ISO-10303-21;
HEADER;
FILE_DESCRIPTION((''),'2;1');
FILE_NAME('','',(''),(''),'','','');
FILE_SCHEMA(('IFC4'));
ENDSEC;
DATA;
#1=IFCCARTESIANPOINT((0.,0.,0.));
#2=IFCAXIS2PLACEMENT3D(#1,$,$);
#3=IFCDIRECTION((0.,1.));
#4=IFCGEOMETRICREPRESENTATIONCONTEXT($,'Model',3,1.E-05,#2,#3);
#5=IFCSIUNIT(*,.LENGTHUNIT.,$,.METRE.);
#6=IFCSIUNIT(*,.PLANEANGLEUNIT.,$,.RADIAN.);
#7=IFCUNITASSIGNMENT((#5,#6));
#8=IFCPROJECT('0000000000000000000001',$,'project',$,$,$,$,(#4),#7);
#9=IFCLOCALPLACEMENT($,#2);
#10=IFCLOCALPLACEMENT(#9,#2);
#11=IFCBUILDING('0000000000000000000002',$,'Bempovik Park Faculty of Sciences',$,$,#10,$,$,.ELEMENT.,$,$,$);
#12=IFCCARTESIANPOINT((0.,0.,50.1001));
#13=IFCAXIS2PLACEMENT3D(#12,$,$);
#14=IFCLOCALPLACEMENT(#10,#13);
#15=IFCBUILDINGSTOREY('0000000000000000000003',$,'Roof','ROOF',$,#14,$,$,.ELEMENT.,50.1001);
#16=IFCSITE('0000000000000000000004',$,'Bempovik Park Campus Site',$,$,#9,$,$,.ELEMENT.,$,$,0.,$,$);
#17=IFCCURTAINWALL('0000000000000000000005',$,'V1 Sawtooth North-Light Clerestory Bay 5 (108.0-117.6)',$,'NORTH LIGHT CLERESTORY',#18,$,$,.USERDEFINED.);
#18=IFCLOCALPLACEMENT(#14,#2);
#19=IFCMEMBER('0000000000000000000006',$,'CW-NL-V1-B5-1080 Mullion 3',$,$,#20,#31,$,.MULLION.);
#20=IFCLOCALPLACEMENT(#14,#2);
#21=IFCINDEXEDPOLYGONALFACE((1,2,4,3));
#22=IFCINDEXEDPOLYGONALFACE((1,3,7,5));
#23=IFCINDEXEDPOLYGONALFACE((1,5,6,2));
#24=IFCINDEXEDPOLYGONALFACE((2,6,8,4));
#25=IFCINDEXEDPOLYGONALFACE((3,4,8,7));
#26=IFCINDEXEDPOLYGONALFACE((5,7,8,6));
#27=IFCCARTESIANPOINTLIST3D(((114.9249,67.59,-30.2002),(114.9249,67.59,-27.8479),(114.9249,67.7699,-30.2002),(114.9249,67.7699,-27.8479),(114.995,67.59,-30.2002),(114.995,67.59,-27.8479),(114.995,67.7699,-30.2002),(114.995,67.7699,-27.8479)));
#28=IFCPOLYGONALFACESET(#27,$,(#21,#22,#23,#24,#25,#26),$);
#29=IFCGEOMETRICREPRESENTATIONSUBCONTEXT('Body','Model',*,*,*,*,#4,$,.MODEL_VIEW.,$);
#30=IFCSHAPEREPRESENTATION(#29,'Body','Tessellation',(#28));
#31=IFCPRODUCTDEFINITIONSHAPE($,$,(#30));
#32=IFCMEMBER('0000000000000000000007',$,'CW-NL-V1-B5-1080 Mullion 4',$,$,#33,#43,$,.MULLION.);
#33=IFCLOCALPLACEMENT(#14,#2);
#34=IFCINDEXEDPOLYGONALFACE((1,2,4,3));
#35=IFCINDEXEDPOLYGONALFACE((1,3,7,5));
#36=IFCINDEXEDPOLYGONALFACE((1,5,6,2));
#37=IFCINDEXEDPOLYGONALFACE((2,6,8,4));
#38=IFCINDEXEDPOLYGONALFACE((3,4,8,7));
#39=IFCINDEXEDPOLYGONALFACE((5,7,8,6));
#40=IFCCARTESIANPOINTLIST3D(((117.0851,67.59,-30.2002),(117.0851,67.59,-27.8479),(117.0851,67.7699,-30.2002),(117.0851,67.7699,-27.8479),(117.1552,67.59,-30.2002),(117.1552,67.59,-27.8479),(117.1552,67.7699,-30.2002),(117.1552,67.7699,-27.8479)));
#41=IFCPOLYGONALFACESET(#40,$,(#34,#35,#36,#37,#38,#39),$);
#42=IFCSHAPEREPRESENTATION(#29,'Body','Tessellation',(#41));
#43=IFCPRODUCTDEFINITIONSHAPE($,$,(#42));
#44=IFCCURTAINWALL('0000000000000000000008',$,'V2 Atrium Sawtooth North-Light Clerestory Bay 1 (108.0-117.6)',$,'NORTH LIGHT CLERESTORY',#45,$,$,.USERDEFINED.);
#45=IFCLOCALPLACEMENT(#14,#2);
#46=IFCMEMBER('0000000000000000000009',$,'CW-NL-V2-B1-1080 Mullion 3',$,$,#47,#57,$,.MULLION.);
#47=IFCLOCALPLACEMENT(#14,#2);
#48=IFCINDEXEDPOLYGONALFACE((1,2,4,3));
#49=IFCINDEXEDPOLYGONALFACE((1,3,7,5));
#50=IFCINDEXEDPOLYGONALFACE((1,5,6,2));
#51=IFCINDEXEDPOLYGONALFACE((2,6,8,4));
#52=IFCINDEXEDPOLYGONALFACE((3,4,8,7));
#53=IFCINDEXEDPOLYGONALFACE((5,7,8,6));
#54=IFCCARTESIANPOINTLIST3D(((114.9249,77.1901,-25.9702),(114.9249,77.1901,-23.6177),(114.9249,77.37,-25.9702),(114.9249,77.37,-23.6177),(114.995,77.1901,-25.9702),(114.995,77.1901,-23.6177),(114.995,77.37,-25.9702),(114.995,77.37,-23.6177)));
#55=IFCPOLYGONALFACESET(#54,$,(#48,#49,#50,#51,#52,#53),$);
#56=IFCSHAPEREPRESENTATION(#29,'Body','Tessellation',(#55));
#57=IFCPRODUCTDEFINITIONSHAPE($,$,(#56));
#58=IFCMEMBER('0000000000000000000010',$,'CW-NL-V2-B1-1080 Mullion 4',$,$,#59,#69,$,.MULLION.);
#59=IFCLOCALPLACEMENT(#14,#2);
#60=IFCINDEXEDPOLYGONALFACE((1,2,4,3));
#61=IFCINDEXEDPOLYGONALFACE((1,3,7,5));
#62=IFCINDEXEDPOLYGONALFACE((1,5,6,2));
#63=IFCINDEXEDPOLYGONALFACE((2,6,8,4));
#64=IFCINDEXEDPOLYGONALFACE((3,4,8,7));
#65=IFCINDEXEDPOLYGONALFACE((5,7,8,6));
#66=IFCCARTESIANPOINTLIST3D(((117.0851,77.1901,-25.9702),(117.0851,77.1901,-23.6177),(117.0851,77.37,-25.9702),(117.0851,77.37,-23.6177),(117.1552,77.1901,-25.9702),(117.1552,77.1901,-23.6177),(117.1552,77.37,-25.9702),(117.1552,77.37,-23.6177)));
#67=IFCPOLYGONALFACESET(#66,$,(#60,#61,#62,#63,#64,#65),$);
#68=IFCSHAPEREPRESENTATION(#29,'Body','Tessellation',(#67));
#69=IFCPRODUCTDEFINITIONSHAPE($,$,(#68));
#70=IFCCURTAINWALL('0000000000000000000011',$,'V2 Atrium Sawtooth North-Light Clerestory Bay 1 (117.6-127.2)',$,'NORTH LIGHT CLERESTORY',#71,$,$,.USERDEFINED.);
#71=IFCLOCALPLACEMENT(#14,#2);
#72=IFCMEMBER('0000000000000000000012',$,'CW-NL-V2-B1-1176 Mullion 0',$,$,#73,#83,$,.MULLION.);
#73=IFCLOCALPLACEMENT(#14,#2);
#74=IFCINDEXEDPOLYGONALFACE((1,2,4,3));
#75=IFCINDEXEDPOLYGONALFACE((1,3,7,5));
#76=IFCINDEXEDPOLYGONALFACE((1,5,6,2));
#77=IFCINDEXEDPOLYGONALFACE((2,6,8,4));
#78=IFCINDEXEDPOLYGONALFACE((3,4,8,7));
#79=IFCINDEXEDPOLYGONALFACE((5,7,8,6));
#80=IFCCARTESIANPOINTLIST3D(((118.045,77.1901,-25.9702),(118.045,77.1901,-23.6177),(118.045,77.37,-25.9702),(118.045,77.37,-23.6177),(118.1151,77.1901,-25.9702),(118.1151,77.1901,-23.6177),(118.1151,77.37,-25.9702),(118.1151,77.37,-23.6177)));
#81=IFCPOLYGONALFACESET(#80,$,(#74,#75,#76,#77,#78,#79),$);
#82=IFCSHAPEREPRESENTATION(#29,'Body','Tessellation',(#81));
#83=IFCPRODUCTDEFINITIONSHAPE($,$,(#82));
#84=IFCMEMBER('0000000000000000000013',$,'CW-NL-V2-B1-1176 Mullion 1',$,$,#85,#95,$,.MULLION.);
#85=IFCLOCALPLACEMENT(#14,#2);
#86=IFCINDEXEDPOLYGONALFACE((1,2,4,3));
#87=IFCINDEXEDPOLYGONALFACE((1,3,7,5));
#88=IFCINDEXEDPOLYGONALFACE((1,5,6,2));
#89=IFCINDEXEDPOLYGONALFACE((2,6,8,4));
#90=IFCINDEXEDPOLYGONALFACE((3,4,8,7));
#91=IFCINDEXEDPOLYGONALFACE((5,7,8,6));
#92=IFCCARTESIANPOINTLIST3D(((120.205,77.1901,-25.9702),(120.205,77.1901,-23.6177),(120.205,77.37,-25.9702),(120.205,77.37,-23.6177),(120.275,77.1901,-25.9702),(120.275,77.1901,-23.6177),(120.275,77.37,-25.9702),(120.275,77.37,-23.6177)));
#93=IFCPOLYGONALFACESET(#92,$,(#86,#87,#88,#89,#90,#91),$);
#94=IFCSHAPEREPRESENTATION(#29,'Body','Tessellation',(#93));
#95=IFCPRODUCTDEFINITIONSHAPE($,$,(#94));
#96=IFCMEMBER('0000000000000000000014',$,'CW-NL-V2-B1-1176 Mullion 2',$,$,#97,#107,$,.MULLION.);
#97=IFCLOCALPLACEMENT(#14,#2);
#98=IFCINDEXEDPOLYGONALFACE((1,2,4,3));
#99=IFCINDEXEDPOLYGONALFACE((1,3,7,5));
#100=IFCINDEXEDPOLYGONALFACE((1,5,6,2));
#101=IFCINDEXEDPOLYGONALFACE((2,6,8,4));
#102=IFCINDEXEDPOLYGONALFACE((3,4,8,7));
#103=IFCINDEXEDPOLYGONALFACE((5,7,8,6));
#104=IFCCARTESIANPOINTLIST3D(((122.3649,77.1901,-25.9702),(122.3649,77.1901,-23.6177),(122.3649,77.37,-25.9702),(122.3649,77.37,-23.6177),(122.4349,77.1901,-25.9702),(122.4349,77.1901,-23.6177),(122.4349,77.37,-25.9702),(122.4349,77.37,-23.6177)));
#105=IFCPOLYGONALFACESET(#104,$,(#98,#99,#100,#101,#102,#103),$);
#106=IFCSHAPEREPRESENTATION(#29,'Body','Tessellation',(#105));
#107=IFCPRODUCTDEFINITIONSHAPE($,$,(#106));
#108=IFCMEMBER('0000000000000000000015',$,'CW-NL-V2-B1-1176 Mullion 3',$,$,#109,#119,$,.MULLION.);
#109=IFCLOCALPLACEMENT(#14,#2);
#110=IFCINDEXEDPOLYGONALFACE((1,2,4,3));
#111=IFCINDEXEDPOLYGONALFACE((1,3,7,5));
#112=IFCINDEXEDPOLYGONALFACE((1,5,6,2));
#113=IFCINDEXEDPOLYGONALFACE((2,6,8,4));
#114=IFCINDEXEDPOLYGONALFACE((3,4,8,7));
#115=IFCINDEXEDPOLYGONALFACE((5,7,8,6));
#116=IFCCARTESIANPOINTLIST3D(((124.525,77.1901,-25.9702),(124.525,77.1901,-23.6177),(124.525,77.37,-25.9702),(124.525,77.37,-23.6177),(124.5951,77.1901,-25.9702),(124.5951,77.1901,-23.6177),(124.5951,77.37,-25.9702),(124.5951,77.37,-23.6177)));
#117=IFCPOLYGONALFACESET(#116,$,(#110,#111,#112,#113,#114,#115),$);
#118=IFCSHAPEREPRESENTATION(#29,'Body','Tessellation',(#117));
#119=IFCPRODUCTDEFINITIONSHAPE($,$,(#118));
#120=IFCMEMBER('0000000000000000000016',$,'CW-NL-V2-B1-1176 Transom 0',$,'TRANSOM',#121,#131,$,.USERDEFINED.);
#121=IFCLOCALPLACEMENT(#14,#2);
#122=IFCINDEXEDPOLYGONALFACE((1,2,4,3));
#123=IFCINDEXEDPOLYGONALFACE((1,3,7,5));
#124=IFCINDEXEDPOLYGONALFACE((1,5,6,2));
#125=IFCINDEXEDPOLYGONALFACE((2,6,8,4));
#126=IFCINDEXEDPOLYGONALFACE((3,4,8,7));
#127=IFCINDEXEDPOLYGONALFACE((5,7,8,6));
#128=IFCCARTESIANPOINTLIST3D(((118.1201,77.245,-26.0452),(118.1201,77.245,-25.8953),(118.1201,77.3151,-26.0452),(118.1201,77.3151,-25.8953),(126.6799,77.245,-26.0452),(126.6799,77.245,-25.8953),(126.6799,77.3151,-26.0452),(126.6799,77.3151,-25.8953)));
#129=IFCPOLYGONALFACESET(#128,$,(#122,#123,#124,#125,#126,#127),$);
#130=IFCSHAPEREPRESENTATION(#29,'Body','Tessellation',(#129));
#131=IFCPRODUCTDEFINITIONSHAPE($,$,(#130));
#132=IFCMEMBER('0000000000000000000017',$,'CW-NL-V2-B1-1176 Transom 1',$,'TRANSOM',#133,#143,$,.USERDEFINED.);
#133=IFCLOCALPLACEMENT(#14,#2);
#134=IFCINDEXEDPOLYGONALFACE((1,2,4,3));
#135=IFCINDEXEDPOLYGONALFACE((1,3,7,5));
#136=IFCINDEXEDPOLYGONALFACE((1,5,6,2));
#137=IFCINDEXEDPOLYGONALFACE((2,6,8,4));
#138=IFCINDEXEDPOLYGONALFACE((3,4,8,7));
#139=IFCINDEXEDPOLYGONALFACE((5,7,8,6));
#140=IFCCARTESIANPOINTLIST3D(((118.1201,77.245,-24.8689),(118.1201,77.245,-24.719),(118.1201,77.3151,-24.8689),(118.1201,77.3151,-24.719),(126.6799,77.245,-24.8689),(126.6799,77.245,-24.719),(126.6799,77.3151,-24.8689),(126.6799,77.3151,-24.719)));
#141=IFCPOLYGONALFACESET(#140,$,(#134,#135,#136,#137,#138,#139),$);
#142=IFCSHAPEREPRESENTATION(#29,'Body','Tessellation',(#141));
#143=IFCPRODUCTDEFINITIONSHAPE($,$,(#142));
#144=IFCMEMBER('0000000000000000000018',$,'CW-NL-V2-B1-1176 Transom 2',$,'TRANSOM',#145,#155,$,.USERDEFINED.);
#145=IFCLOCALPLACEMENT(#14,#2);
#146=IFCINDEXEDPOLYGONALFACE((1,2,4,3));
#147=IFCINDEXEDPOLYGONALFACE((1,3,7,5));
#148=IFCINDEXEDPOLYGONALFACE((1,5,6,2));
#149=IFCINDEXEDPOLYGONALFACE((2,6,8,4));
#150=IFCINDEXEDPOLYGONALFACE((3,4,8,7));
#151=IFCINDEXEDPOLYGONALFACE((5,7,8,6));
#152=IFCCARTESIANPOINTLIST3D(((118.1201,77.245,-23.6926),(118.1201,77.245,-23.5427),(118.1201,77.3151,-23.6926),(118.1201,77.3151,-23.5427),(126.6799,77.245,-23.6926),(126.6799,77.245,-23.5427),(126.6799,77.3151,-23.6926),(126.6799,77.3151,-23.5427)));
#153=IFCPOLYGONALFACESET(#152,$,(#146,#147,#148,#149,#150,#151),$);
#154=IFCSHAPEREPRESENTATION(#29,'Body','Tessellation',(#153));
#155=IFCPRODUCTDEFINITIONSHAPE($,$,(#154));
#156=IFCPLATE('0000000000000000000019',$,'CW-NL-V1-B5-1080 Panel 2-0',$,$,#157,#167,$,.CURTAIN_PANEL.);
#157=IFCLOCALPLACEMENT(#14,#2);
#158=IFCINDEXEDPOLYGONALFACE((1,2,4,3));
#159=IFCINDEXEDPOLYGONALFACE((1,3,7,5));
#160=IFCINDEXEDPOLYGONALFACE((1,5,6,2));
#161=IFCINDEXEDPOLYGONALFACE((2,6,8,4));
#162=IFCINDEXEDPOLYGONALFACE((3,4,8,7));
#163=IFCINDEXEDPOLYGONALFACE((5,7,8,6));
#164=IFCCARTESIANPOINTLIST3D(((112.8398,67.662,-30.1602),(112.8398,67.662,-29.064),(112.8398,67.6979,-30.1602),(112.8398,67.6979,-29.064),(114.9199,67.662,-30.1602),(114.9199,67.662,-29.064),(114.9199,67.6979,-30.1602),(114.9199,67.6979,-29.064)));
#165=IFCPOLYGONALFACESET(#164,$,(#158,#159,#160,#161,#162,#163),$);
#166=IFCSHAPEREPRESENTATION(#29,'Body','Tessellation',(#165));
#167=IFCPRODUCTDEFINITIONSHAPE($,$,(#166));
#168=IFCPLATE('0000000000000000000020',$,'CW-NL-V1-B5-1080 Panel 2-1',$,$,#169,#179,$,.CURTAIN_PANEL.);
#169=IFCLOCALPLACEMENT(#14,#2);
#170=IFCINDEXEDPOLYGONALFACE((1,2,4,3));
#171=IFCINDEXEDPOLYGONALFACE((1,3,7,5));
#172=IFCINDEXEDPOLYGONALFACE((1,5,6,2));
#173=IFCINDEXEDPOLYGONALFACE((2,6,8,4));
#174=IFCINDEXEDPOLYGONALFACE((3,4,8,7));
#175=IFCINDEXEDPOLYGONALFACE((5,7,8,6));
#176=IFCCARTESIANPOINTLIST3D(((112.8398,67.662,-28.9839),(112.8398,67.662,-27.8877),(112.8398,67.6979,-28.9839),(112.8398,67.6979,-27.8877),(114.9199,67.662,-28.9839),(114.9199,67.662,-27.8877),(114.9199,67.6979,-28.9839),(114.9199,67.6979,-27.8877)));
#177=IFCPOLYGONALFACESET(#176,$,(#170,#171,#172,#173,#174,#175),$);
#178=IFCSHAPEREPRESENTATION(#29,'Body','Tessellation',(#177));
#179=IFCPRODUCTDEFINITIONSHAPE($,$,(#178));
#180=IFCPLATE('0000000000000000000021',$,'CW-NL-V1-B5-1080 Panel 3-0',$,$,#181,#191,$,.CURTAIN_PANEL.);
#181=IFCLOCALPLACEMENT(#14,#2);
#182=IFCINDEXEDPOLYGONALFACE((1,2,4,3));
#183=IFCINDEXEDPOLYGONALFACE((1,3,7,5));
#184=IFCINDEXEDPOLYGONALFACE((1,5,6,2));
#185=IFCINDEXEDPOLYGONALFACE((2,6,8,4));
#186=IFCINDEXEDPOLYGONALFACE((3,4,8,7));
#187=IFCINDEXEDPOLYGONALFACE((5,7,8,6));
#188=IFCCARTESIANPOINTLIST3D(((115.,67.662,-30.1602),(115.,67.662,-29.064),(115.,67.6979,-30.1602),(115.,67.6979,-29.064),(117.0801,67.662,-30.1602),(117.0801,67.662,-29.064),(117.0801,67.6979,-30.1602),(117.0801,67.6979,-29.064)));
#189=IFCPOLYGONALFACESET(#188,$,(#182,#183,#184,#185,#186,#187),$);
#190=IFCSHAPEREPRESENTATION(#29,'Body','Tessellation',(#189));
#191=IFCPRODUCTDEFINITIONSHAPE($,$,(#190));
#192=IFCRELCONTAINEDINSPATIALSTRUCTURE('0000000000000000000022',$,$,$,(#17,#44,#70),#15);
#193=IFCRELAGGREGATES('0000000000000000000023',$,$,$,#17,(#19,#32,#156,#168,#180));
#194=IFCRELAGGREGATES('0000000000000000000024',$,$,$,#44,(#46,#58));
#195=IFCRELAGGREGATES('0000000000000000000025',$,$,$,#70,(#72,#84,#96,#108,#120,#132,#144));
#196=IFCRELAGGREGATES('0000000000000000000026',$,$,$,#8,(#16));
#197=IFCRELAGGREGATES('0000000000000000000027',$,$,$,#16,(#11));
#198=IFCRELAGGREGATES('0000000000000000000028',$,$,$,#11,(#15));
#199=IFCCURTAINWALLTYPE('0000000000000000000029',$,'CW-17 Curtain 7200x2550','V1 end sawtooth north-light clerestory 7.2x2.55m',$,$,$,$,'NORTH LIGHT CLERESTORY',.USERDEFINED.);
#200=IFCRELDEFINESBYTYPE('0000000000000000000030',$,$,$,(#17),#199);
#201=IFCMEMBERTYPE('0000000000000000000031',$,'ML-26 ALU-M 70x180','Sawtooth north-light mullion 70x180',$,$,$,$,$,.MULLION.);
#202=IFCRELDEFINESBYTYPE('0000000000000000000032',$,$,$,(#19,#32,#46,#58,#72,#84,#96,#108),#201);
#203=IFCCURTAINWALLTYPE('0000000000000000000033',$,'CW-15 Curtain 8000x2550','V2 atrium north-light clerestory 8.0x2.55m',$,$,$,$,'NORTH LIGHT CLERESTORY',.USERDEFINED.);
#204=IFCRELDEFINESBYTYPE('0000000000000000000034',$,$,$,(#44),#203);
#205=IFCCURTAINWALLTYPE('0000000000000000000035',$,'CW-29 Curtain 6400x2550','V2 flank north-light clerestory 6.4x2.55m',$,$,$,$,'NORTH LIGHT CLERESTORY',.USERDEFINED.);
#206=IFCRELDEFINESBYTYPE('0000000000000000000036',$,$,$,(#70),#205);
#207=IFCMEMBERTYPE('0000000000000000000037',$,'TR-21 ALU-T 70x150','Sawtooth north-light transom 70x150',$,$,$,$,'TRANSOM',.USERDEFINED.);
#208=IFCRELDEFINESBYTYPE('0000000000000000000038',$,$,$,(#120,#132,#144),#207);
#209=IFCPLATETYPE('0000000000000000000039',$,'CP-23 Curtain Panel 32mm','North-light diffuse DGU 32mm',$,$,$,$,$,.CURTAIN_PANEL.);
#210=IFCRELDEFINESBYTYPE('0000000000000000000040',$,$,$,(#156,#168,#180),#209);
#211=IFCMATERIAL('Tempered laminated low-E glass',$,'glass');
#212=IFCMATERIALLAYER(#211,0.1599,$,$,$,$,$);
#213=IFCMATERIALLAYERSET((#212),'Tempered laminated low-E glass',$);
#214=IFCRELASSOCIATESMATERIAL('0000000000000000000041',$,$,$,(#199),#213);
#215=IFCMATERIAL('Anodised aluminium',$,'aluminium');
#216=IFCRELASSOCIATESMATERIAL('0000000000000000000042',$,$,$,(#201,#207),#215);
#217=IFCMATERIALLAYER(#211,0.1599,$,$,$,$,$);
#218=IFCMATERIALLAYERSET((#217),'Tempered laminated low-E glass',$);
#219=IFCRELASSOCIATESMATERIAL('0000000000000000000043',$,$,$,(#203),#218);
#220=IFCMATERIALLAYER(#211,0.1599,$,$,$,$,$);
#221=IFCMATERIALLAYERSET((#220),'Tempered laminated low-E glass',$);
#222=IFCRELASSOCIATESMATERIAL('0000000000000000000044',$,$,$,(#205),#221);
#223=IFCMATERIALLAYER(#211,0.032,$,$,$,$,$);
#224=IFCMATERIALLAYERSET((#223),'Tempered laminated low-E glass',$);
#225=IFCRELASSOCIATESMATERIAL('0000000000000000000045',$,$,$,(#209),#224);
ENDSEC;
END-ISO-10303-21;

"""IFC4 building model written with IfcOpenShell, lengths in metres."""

from ifc_helpers import new_model, si_unit, direction, frame, origin, origin_2d, place, context, subcontext, project, spatial, rectangle, extrude, material, layer, layer_set, material_profile, profile_set, type_object, element, aggregate, save


model = new_model("IFC4")

# Units and contexts
model_context = context("Model", 3, precision=1e-05, world=origin(), true_north=direction((0.0, 1.0)))
body_context = subcontext(model_context, "Body", "Model", "MODEL_VIEW")
ifc_project = project(units=[si_unit("LENGTHUNIT", "METRE"), si_unit("PLANEANGLEUNIT", "RADIAN")], contexts=[model_context])

# Site, building, storey
site_placement = place(None, origin())
site = spatial("IfcSite", under=ifc_project, at=site_placement, Name="Bempovik Park Campus Site", CompositionType="ELEMENT", RefElevation=0.0)
building_placement = place(site_placement, origin())
building = spatial("IfcBuilding", under=site, at=building_placement, Name="Bempovik Park Faculty of Sciences", CompositionType="ELEMENT")
storey_placement = place(building_placement, frame((0.0, 0.0, 50.1001)))
storey = spatial("IfcBuildingStorey", under=building, at=storey_placement, Name="Roof", Description="ROOF", CompositionType="ELEMENT", Elevation=50.1001)

# Curtain walls, members
ifc_material_1 = material(Name="Tempered laminated low-E glass", Category="glass")
ifc_layer_1 = layer(ifc_material_1, 0.1599)
ifc_layer_set_1 = layer_set([ifc_layer_1], Name="Tempered laminated low-E glass")
curtain_wall_type_1 = type_object("IfcCurtainWallType", Name="CW-17 Curtain 7200x2550", Description="V1 end sawtooth north-light clerestory 7.2x2.55m", ElementType="NORTH LIGHT CLERESTORY", PredefinedType="USERDEFINED", material=ifc_layer_set_1)
curtain_wall_1_placement = place(storey_placement, origin())
curtain_wall_1 = element("IfcCurtainWall", 1, at=curtain_wall_1_placement, inside=storey, type_object=curtain_wall_type_1, Name="V1 Sawtooth North-Light Clerestory Bay 5 (108.0-117.6)", ObjectType="NORTH LIGHT CLERESTORY", PredefinedType="USERDEFINED")
ifc_material_2 = material(Name="Anodised aluminium", Category="aluminium")
ifc_material_profile_1 = material_profile(ifc_material_2, rectangle(XDim=0.0701, YDim=0.1799, at=origin_2d()), Name="ALU-M 70x180")
ifc_profile_set_1 = profile_set([ifc_material_profile_1], Name="Anodised aluminium")
member_type_1 = type_object("IfcMemberType", Name="ML-26 ALU-M 70x180", Description="Sawtooth north-light mullion 70x180", PredefinedType="MULLION", material=ifc_profile_set_1)
member_1_placement = place(storey_placement, frame((114.96, 67.6799, -30.2002), z_axis=(0.0, 0.0, 1.0), x_axis=(1.0, 0.0, 0.0)))
member_1 = element("IfcMember", 2, at=member_1_placement, type_object=member_type_1, Name="CW-NL-V1-B5-1080 Mullion 3", PredefinedType="MULLION", context=body_context, shape_type="SweptSolid", body=[
    extrude(rectangle(XDim=0.0701, YDim=0.1799, at=origin_2d()), origin(), (0.0, 0.0, 1.0), 2.3523),
])
member_2_placement = place(storey_placement, frame((117.1201, 67.6799, -30.2002), z_axis=(0.0, 0.0, 1.0), x_axis=(1.0, 0.0, 0.0)))
member_2 = element("IfcMember", 3, at=member_2_placement, type_object=member_type_1, Name="CW-NL-V1-B5-1080 Mullion 4", PredefinedType="MULLION", context=body_context, shape_type="SweptSolid", body=[
    extrude(rectangle(XDim=0.0701, YDim=0.1799, at=origin_2d()), origin(), (0.0, 0.0, 1.0), 2.3523),
])
ifc_layer_2 = layer(ifc_material_1, 0.1599)
ifc_layer_set_2 = layer_set([ifc_layer_2], Name="Tempered laminated low-E glass")
curtain_wall_type_2 = type_object("IfcCurtainWallType", Name="CW-15 Curtain 8000x2550", Description="V2 atrium north-light clerestory 8.0x2.55m", ElementType="NORTH LIGHT CLERESTORY", PredefinedType="USERDEFINED", material=ifc_layer_set_2)
curtain_wall_2_placement = place(storey_placement, origin())
curtain_wall_2 = element("IfcCurtainWall", 4, at=curtain_wall_2_placement, inside=storey, type_object=curtain_wall_type_2, Name="V2 Atrium Sawtooth North-Light Clerestory Bay 1 (108.0-117.6)", ObjectType="NORTH LIGHT CLERESTORY", PredefinedType="USERDEFINED")
member_3_placement = place(storey_placement, frame((114.96, 77.28, -25.9702), z_axis=(0.0, 0.0, 1.0), x_axis=(1.0, 0.0, 0.0)))
member_3 = element("IfcMember", 5, at=member_3_placement, type_object=member_type_1, Name="CW-NL-V2-B1-1080 Mullion 3", PredefinedType="MULLION", context=body_context, shape_type="SweptSolid", body=[
    extrude(rectangle(XDim=0.0701, YDim=0.1799, at=origin_2d()), origin(), (0.0, 0.0, 1.0), 2.3525),
])
member_4_placement = place(storey_placement, frame((117.1201, 77.28, -25.9702), z_axis=(0.0, 0.0, 1.0), x_axis=(1.0, 0.0, 0.0)))
member_4 = element("IfcMember", 6, at=member_4_placement, type_object=member_type_1, Name="CW-NL-V2-B1-1080 Mullion 4", PredefinedType="MULLION", context=body_context, shape_type="SweptSolid", body=[
    extrude(rectangle(XDim=0.0701, YDim=0.1799, at=origin_2d()), origin(), (0.0, 0.0, 1.0), 2.3525),
])
ifc_layer_3 = layer(ifc_material_1, 0.1599)
ifc_layer_set_3 = layer_set([ifc_layer_3], Name="Tempered laminated low-E glass")
curtain_wall_type_3 = type_object("IfcCurtainWallType", Name="CW-29 Curtain 6400x2550", Description="V2 flank north-light clerestory 6.4x2.55m", ElementType="NORTH LIGHT CLERESTORY", PredefinedType="USERDEFINED", material=ifc_layer_set_3)
curtain_wall_3_placement = place(storey_placement, origin())
curtain_wall_3 = element("IfcCurtainWall", 7, at=curtain_wall_3_placement, inside=storey, type_object=curtain_wall_type_3, Name="V2 Atrium Sawtooth North-Light Clerestory Bay 1 (117.6-127.2)", ObjectType="NORTH LIGHT CLERESTORY", PredefinedType="USERDEFINED")
member_5_placement = place(storey_placement, frame((118.0801, 77.28, -25.9702), z_axis=(0.0, 0.0, 1.0), x_axis=(1.0, 0.0, 0.0)))
member_5 = element("IfcMember", 8, at=member_5_placement, type_object=member_type_1, Name="CW-NL-V2-B1-1176 Mullion 0", PredefinedType="MULLION", context=body_context, shape_type="SweptSolid", body=[
    extrude(rectangle(XDim=0.0701, YDim=0.1799, at=origin_2d()), origin(), (0.0, 0.0, 1.0), 2.3525),
])
member_6_placement = place(storey_placement, frame((120.24, 77.28, -25.9702), z_axis=(0.0, 0.0, 1.0), x_axis=(1.0, 0.0, 0.0)))
member_6 = element("IfcMember", 9, at=member_6_placement, type_object=member_type_1, Name="CW-NL-V2-B1-1176 Mullion 1", PredefinedType="MULLION", context=body_context, shape_type="SweptSolid", body=[
    extrude(rectangle(XDim=0.0701, YDim=0.1799, at=origin_2d()), origin(), (0.0, 0.0, 1.0), 2.3525),
])
member_7_placement = place(storey_placement, frame((122.3999, 77.28, -25.9702), z_axis=(0.0, 0.0, 1.0), x_axis=(1.0, 0.0, 0.0)))
member_7 = element("IfcMember", 10, at=member_7_placement, type_object=member_type_1, Name="CW-NL-V2-B1-1176 Mullion 2", PredefinedType="MULLION", context=body_context, shape_type="SweptSolid", body=[
    extrude(rectangle(XDim=0.0701, YDim=0.1799, at=origin_2d()), origin(), (0.0, 0.0, 1.0), 2.3525),
])
member_8_placement = place(storey_placement, frame((124.5601, 77.28, -25.9702), z_axis=(0.0, 0.0, 1.0), x_axis=(1.0, 0.0, 0.0)))
member_8 = element("IfcMember", 11, at=member_8_placement, type_object=member_type_1, Name="CW-NL-V2-B1-1176 Mullion 3", PredefinedType="MULLION", context=body_context, shape_type="SweptSolid", body=[
    extrude(rectangle(XDim=0.0701, YDim=0.1799, at=origin_2d()), origin(), (0.0, 0.0, 1.0), 2.3525),
])
ifc_material_profile_2 = material_profile(ifc_material_2, rectangle(XDim=0.0701, YDim=0.1499, at=origin_2d()), Name="ALU-T 70x150")
ifc_profile_set_2 = profile_set([ifc_material_profile_2], Name="Anodised aluminium")
member_type_2 = type_object("IfcMemberType", Name="TR-21 ALU-T 70x150", Description="Sawtooth north-light transom 70x150", ElementType="TRANSOM", PredefinedType="USERDEFINED", material=ifc_profile_set_2)
member_9_placement = place(storey_placement, frame((118.1201, 77.28, -25.9702), z_axis=(1.0, 0.0, 0.0), x_axis=(0.0, 1.0, 0.0)))
member_9 = element("IfcMember", 12, at=member_9_placement, type_object=member_type_2, Name="CW-NL-V2-B1-1176 Transom 0", ObjectType="TRANSOM", PredefinedType="USERDEFINED", context=body_context, shape_type="SweptSolid", body=[
    extrude(rectangle(XDim=0.0701, YDim=0.1499, at=origin_2d()), origin(), (0.0, 0.0, 1.0), 8.5598),
])
member_10_placement = place(storey_placement, frame((118.1201, 77.28, -24.7939), z_axis=(1.0, 0.0, 0.0), x_axis=(0.0, 1.0, 0.0)))
member_10 = element("IfcMember", 13, at=member_10_placement, type_object=member_type_2, Name="CW-NL-V2-B1-1176 Transom 1", ObjectType="TRANSOM", PredefinedType="USERDEFINED", context=body_context, shape_type="SweptSolid", body=[
    extrude(rectangle(XDim=0.0701, YDim=0.1499, at=origin_2d()), origin(), (0.0, 0.0, 1.0), 8.5598),
])
member_11_placement = place(storey_placement, frame((118.1201, 77.28, -23.6177), z_axis=(1.0, 0.0, 0.0), x_axis=(0.0, 1.0, 0.0)))
member_11 = element("IfcMember", 14, at=member_11_placement, type_object=member_type_2, Name="CW-NL-V2-B1-1176 Transom 2", ObjectType="TRANSOM", PredefinedType="USERDEFINED", context=body_context, shape_type="SweptSolid", body=[
    extrude(rectangle(XDim=0.0701, YDim=0.1499, at=origin_2d()), origin(), (0.0, 0.0, 1.0), 8.5598),
])

# Plates
ifc_layer_4 = layer(ifc_material_1, 0.032)
ifc_layer_set_4 = layer_set([ifc_layer_4], Name="Tempered laminated low-E glass")
plate_type = type_object("IfcPlateType", Name="CP-23 Curtain Panel 32mm", Description="North-light diffuse DGU 32mm", PredefinedType="CURTAIN_PANEL", material=ifc_layer_set_4)
plate_1_placement = place(storey_placement, frame((113.8799, 67.6799, -30.1602), z_axis=(0.0, 0.0, 1.0), x_axis=(1.0, 0.0, 0.0)))
plate_1 = element("IfcPlate", 15, at=plate_1_placement, type_object=plate_type, Name="CW-NL-V1-B5-1080 Panel 2-0", PredefinedType="CURTAIN_PANEL", context=body_context, shape_type="SweptSolid", body=[
    extrude(rectangle(XDim=2.0801, YDim=0.0359, at=origin_2d()), origin(), (0.0, 0.0, 1.0), 1.0962),
])
plate_2_placement = place(storey_placement, frame((113.8799, 67.6799, -28.9839), z_axis=(0.0, 0.0, 1.0), x_axis=(1.0, 0.0, 0.0)))
plate_2 = element("IfcPlate", 16, at=plate_2_placement, type_object=plate_type, Name="CW-NL-V1-B5-1080 Panel 2-1", PredefinedType="CURTAIN_PANEL", context=body_context, shape_type="SweptSolid", body=[
    extrude(rectangle(XDim=2.0801, YDim=0.0359, at=origin_2d()), origin(), (0.0, 0.0, 1.0), 1.0962),
])
plate_3_placement = place(storey_placement, frame((116.04, 67.6799, -30.1602), z_axis=(0.0, 0.0, 1.0), x_axis=(1.0, 0.0, 0.0)))
plate_3 = element("IfcPlate", 17, at=plate_3_placement, type_object=plate_type, Name="CW-NL-V1-B5-1080 Panel 3-0", PredefinedType="CURTAIN_PANEL", context=body_context, shape_type="SweptSolid", body=[
    extrude(rectangle(XDim=2.0801, YDim=0.0359, at=origin_2d()), origin(), (0.0, 0.0, 1.0), 1.0962),
])
aggregate(curtain_wall_1, [member_1, member_2, plate_1, plate_2, plate_3])
aggregate(curtain_wall_2, [member_3, member_4])
aggregate(curtain_wall_3, [member_5, member_6, member_7, member_8, member_9, member_10, member_11])

save(model, "model.ifc")
